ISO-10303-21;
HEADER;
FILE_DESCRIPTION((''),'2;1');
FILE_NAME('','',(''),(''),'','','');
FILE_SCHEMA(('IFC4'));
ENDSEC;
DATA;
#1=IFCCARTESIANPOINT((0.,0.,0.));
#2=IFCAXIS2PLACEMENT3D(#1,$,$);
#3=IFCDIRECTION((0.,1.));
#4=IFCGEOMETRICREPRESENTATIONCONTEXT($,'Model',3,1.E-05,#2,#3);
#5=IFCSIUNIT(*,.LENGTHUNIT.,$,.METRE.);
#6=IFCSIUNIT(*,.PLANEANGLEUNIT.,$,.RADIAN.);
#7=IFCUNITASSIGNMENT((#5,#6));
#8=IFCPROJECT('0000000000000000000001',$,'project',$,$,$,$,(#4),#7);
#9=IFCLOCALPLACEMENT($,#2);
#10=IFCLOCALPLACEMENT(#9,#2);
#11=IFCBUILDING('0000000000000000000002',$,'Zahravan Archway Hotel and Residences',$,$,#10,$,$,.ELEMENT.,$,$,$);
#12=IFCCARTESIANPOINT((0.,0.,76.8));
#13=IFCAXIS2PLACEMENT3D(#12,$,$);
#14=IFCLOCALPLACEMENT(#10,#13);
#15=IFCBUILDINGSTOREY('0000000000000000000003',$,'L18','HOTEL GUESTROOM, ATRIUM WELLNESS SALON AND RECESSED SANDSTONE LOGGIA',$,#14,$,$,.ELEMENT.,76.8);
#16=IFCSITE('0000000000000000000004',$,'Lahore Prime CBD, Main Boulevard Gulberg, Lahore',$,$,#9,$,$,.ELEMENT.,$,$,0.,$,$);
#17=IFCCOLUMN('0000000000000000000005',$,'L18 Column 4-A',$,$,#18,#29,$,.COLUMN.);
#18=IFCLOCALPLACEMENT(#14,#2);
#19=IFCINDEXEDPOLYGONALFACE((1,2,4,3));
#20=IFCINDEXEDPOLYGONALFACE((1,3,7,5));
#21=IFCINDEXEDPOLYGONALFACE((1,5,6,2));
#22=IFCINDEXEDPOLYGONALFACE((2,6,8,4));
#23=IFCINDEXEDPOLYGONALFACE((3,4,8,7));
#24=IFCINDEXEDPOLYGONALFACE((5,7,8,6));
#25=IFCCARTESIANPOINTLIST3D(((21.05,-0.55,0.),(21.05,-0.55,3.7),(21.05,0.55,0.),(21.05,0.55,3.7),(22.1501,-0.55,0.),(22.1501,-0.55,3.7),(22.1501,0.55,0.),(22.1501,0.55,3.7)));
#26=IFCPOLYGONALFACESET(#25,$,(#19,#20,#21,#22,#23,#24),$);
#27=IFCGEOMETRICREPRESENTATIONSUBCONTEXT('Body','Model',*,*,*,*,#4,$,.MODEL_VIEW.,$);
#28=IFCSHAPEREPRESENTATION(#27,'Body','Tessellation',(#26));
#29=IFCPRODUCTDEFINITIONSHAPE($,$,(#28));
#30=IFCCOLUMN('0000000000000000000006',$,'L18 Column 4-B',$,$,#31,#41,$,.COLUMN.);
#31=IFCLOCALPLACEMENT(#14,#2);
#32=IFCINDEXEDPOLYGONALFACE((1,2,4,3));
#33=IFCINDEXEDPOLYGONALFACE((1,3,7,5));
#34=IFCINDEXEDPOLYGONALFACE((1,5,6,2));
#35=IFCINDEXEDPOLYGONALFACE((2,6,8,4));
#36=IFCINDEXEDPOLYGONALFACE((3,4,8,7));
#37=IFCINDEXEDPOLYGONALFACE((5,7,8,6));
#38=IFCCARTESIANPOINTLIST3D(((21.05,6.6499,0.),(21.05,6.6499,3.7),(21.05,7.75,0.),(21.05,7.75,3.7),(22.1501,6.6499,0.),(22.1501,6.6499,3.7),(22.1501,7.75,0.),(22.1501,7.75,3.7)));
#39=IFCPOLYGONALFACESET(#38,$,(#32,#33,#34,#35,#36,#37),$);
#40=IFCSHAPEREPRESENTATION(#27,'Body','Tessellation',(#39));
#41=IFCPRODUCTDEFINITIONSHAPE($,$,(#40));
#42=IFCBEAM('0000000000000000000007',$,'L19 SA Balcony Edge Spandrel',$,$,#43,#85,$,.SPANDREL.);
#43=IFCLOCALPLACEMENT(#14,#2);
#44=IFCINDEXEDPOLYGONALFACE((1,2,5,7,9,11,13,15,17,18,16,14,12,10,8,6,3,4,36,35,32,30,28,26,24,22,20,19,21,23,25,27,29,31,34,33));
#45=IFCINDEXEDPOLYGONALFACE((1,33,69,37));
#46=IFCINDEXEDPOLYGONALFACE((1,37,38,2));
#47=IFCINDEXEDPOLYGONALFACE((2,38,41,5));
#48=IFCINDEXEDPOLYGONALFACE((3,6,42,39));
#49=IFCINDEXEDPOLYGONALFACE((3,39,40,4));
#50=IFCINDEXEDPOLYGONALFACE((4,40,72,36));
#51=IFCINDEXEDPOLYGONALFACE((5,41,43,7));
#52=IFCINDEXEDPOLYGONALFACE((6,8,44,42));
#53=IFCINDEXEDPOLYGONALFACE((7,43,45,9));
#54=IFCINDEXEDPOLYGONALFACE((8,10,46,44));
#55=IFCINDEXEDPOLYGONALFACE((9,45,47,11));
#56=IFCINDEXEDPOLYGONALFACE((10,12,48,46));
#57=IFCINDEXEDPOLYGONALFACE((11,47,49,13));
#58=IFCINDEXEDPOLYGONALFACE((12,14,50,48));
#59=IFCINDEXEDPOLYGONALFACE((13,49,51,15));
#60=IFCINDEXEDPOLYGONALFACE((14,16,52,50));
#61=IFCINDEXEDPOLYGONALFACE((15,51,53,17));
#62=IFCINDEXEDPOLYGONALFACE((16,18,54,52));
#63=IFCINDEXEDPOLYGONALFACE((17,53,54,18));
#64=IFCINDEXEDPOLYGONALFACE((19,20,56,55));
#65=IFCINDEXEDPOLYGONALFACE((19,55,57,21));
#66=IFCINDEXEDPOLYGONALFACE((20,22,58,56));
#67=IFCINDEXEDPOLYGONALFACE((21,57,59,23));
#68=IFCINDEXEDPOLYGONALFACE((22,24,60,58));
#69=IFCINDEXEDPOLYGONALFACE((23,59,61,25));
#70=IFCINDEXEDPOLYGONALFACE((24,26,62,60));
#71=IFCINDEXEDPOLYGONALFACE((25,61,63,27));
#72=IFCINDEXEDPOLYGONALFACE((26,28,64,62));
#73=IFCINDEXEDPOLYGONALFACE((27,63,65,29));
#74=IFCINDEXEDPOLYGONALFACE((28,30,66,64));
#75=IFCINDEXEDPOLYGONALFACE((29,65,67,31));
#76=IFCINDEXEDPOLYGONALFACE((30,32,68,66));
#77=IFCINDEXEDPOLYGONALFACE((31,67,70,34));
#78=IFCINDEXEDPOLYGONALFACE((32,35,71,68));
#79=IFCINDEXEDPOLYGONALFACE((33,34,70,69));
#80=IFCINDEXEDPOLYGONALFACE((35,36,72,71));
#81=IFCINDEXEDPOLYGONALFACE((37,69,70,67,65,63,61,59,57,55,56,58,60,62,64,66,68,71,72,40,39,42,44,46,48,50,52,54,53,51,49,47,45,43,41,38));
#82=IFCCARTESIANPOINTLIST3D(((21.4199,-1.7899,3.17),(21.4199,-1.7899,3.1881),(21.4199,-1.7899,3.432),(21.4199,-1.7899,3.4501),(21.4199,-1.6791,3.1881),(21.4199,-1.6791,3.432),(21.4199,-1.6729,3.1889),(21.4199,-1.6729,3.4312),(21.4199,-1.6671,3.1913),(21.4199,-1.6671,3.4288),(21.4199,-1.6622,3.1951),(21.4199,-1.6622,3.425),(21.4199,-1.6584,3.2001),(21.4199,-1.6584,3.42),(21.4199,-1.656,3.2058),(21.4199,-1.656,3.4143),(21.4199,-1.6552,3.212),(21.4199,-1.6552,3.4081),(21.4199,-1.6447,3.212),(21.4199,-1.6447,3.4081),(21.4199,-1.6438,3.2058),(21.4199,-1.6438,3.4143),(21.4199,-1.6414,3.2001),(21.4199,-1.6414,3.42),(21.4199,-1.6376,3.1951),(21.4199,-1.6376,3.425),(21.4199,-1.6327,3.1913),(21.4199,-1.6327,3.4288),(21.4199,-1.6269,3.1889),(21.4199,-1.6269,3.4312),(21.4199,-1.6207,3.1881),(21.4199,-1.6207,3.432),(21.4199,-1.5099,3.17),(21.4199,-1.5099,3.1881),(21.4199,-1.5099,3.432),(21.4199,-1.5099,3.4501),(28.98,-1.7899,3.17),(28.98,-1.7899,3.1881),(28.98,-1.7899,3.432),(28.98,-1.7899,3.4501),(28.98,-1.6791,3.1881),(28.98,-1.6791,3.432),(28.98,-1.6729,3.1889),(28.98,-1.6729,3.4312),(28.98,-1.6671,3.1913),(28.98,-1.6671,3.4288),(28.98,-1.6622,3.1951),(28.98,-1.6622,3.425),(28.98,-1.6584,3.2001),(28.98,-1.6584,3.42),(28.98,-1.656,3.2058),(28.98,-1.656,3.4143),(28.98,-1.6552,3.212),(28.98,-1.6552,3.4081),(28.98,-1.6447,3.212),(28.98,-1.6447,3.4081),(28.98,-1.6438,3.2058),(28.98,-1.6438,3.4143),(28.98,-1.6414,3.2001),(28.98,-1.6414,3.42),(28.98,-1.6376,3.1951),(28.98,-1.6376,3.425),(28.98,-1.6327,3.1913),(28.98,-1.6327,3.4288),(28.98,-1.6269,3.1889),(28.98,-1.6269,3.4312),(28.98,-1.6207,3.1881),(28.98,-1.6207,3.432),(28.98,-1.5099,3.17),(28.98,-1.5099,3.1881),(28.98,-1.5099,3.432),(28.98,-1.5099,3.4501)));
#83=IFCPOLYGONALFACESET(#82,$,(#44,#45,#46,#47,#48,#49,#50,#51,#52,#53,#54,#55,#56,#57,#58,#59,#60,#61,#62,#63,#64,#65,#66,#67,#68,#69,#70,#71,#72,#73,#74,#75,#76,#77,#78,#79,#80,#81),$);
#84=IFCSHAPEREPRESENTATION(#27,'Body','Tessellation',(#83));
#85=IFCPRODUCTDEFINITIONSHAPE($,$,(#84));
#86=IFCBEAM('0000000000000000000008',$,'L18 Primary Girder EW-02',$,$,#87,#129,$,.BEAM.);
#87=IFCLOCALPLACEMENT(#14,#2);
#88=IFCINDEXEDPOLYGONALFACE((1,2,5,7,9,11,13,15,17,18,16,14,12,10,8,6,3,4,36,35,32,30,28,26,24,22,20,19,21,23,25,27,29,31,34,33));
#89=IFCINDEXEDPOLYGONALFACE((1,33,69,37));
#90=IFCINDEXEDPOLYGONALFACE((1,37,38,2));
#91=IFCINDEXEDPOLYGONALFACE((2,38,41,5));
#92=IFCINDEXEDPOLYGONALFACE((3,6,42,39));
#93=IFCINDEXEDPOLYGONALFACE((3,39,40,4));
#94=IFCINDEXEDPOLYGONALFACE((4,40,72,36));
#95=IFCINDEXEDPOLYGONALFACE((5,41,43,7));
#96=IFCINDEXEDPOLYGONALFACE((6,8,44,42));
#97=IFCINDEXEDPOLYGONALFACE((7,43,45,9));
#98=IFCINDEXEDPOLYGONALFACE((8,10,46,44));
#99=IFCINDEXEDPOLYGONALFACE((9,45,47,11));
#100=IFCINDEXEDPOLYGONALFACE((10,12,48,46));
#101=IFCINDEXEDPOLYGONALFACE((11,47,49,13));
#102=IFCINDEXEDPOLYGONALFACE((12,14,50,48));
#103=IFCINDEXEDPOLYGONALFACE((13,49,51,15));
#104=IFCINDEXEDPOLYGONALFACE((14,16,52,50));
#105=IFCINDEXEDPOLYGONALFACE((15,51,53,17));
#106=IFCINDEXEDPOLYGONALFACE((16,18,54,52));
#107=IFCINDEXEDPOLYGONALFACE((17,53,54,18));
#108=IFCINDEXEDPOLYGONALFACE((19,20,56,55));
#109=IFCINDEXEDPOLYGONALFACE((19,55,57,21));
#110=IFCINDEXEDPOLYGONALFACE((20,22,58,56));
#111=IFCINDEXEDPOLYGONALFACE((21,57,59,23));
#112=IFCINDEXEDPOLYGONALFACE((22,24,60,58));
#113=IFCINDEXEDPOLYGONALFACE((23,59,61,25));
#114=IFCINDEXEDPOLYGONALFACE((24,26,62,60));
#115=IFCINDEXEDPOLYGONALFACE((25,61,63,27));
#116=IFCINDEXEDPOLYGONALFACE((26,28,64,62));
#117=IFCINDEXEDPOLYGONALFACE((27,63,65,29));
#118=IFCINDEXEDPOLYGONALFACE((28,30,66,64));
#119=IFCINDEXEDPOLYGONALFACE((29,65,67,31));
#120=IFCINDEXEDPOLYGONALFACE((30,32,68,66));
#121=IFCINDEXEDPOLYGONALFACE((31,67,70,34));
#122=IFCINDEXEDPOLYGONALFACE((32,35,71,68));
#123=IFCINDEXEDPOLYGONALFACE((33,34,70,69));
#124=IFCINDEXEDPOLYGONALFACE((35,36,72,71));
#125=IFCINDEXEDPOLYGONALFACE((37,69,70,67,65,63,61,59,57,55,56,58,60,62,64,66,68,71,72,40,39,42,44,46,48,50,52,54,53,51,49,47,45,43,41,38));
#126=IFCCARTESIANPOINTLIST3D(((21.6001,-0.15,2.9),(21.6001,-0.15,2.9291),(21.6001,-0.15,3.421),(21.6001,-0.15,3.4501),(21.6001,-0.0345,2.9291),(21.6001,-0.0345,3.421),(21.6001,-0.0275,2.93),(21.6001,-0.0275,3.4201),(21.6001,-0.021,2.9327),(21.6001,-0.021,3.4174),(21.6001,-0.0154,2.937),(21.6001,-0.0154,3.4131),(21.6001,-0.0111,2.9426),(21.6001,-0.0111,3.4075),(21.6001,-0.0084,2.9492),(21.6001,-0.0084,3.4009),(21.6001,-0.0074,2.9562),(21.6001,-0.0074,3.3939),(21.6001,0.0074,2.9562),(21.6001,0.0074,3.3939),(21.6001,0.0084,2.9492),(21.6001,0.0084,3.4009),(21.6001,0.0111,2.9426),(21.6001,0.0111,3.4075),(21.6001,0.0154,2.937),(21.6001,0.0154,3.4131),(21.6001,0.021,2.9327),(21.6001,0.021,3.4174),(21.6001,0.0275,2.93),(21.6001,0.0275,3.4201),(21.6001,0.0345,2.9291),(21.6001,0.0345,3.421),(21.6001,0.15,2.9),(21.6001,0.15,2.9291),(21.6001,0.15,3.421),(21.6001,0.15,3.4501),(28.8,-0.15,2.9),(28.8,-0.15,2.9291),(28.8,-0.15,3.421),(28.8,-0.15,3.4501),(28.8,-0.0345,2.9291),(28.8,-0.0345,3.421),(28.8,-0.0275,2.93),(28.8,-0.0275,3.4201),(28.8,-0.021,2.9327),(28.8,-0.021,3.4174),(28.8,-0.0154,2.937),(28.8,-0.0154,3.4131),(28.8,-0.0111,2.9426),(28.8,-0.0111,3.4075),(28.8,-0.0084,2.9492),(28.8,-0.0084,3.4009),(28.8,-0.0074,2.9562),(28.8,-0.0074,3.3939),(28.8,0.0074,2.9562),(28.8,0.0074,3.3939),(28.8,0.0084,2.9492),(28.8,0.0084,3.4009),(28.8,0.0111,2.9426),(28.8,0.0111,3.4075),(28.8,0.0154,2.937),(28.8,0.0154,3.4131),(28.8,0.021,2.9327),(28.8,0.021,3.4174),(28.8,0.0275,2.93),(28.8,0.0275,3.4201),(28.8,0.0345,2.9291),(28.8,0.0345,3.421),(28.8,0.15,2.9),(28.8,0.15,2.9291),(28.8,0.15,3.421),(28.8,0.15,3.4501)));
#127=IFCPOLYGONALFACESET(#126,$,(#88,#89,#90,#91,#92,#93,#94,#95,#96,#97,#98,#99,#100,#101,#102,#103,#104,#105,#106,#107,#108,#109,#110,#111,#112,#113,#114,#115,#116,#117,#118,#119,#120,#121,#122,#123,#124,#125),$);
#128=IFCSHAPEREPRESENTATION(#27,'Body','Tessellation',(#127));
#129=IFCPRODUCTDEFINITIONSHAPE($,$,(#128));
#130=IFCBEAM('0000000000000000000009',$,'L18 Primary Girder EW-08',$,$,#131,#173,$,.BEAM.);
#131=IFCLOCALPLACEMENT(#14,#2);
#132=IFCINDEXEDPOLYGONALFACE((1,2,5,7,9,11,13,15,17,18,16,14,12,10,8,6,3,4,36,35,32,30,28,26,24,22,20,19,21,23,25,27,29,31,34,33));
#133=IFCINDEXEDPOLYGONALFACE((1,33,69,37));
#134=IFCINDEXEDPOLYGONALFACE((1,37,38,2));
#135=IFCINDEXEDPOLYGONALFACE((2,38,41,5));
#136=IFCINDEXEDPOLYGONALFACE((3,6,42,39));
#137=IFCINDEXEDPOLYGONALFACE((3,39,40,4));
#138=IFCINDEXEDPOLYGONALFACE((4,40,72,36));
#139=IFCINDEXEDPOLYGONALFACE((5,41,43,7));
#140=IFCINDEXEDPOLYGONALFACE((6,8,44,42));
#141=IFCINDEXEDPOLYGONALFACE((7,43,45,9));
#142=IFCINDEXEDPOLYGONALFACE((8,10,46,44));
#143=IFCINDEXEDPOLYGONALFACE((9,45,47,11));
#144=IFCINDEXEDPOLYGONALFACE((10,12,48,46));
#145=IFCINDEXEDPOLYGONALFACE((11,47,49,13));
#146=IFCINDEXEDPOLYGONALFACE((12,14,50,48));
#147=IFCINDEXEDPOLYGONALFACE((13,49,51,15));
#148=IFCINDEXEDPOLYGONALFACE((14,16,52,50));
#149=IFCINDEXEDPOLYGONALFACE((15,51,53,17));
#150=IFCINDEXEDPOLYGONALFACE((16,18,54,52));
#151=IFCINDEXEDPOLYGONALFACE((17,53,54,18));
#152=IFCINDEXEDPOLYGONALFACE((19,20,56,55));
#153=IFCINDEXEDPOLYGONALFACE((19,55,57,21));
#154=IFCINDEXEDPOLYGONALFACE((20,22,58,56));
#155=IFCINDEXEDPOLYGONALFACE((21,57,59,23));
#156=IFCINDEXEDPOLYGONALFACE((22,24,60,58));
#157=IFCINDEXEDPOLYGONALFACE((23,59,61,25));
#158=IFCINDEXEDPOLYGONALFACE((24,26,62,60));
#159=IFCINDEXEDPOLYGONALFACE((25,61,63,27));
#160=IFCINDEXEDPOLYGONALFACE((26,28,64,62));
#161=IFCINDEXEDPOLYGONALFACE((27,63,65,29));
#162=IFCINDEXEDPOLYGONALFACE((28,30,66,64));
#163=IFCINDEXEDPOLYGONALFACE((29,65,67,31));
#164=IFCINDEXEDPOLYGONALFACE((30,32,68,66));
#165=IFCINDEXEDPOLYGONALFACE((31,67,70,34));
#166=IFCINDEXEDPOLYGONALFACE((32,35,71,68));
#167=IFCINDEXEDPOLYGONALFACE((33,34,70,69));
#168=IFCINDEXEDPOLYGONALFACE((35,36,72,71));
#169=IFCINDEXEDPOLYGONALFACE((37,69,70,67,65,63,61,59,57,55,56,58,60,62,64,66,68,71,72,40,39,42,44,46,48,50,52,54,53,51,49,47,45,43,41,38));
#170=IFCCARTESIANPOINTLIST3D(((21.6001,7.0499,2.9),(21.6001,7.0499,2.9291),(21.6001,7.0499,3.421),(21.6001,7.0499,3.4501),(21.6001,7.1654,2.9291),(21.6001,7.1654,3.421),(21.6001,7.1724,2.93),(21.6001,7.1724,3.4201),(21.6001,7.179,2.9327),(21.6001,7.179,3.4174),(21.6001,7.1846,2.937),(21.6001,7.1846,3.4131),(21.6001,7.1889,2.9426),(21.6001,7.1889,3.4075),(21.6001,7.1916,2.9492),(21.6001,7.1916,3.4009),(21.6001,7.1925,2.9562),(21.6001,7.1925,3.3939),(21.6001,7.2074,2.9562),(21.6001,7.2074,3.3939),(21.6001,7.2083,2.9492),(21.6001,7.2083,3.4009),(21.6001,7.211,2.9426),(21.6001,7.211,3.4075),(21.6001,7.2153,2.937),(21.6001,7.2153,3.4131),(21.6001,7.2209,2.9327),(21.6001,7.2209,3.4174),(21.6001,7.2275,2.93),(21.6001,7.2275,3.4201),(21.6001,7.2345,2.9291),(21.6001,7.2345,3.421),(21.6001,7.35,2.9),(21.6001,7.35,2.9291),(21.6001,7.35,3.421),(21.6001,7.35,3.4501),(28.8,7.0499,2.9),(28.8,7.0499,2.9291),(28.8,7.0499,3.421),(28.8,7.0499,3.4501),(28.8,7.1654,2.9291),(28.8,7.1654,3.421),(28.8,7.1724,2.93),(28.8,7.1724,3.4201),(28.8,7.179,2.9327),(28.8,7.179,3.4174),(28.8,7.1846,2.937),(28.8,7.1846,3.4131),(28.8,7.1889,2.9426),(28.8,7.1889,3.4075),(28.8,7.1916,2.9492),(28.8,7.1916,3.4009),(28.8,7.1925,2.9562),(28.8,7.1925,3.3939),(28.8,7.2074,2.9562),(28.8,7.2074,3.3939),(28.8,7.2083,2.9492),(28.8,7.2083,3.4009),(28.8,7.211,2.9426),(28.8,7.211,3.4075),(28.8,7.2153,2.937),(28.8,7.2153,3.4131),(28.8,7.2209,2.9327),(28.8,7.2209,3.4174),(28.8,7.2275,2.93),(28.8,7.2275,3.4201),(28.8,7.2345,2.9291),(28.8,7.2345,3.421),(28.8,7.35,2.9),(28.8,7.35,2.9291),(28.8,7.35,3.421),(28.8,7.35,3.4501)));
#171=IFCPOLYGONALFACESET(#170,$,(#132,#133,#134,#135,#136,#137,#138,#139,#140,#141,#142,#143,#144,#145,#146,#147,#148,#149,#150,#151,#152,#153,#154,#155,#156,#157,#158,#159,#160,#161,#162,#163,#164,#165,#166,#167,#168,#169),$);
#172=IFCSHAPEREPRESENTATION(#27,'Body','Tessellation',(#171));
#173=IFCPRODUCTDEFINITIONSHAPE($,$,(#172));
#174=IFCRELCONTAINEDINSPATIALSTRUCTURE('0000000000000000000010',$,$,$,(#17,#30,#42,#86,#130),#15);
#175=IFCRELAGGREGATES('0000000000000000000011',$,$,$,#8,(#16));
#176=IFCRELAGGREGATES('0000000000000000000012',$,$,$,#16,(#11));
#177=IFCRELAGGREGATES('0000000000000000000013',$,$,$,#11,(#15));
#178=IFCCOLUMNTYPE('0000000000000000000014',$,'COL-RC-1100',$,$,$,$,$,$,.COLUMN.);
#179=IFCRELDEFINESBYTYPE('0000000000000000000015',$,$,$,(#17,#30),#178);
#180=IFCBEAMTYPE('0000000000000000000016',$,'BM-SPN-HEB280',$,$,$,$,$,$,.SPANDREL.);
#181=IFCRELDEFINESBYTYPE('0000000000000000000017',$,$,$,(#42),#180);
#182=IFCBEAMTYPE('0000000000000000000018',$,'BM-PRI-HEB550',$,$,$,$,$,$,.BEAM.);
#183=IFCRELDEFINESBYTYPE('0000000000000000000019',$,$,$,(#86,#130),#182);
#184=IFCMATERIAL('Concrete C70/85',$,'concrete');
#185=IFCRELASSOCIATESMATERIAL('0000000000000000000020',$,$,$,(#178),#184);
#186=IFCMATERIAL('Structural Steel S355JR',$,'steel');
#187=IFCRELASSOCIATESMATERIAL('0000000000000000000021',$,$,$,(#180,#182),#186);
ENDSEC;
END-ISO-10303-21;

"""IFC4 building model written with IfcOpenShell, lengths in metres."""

from ifc_helpers import new_model, si_unit, direction, frame, origin, origin_2d, place, context, subcontext, project, spatial, rectangle, i_section, extrude, source, transform, mapped, material, material_profile, profile_set, type_object, type_shapes, element, save


model = new_model("IFC4")

# Units and contexts
model_context = context("Model", 3, precision=1e-05, world=origin(), true_north=direction((0.0, 1.0)))
body_context = subcontext(model_context, "Body", "Model", "MODEL_VIEW")
ifc_project = project(units=[si_unit("LENGTHUNIT", "METRE"), si_unit("PLANEANGLEUNIT", "RADIAN")], contexts=[model_context])

# Site, building, storey
site_placement = place(None, origin())
site = spatial("IfcSite", under=ifc_project, at=site_placement, Name="Lahore Prime CBD, Main Boulevard Gulberg, Lahore", CompositionType="ELEMENT", RefElevation=0.0)
building_placement = place(site_placement, origin())
building = spatial("IfcBuilding", under=site, at=building_placement, Name="Zahravan Archway Hotel and Residences", CompositionType="ELEMENT")
storey_placement = place(building_placement, frame((0.0, 0.0, 76.8)))
storey = spatial("IfcBuildingStorey", under=building, at=storey_placement, Name="L18", Description="HOTEL GUESTROOM, ATRIUM WELLNESS SALON AND RECESSED SANDSTONE LOGGIA", CompositionType="ELEMENT", Elevation=76.8)

# Columns
ifc_material_1 = material(Name="Concrete C70/85", Category="concrete")
ifc_material_profile_1 = material_profile(ifc_material_1, rectangle(XDim=1.1001, YDim=1.1001, at=origin_2d()), Name="RC 1100x1100", Category="concrete")
ifc_profile_set_1 = profile_set([ifc_material_profile_1], Name="Concrete C70/85")
column_type = type_object("IfcColumnType", Name="COL-RC-1100", PredefinedType="COLUMN", material=ifc_profile_set_1)
shared_shape_1 = source(origin(), body_context, "Body", "SweptSolid", [
    extrude(rectangle(XDim=1.1001, YDim=1.1001, at=origin_2d()), origin(), (0.0, 0.0, 1.0), 3.7),
])
for number, where, z_axis, x_axis, name in (
    (1, (21.6001, 0.0, 0.0), (0.0, 0.0, 1.0), (1.0, 0.0, 0.0), "L18 Column 4-A"),
    (2, (21.6001, 7.2, 0.0), (0.0, 0.0, 1.0), (1.0, 0.0, 0.0), "L18 Column 4-B"),
):
    element("IfcColumn", number, at=place(storey_placement, frame(where, z_axis=z_axis, x_axis=x_axis)), inside=storey, type_object=column_type, Name=name, PredefinedType="COLUMN", context=body_context, shape_type="MappedRepresentation", body=[
        mapped(shared_shape_1, transform((0.0, 0.0, 0.0), scale=1.0)),
    ])

# Beams
ifc_material_2 = material(Name="Structural Steel S355JR", Category="steel")
ifc_material_profile_2 = material_profile(ifc_material_2, i_section(OverallWidth=0.28, OverallDepth=0.28, WebThickness=0.0105, FlangeThickness=0.0181, FilletRadius=0.0239, at=origin_2d()), Name="HEB 280", Category="steel")
ifc_profile_set_2 = profile_set([ifc_material_profile_2], Name="Structural Steel S355JR")
beam_type_1 = type_object("IfcBeamType", Name="BM-SPN-HEB280", PredefinedType="SPANDREL", material=ifc_profile_set_2)
shared_shape_2 = source(origin(), body_context, "Body", "SweptSolid", [
    extrude(i_section(OverallWidth=0.28, OverallDepth=0.28, WebThickness=0.0105, FlangeThickness=0.0181, FilletRadius=0.0239, at=origin_2d()), origin(), (0.0, 0.0, 1.0), 7.5601),
])
type_shapes(beam_type_1, [shared_shape_2])
beam_1_placement = place(storey_placement, frame((21.4199, -1.6499, 3.3101), z_axis=(1.0, 0.0, 0.0), x_axis=(0.0, 1.0, 0.0)))
element("IfcBeam", 3, at=beam_1_placement, inside=storey, type_object=beam_type_1, Name="L19 SA Balcony Edge Spandrel", PredefinedType="SPANDREL", context=body_context, shape_type="MappedRepresentation", body=[
    mapped(shared_shape_2, transform((0.0, 0.0, 0.0), scale=1.0)),
])
ifc_material_profile_3 = material_profile(ifc_material_2, i_section(OverallWidth=0.3, OverallDepth=0.55, WebThickness=0.0149, FlangeThickness=0.0291, FilletRadius=0.0271, at=origin_2d()), Name="HEB 550", Category="steel")
ifc_profile_set_3 = profile_set([ifc_material_profile_3], Name="Structural Steel S355JR")
beam_type_2 = type_object("IfcBeamType", Name="BM-PRI-HEB550", PredefinedType="BEAM", material=ifc_profile_set_3)
shared_shape_3 = source(origin(), body_context, "Body", "SweptSolid", [
    extrude(i_section(OverallWidth=0.3, OverallDepth=0.55, WebThickness=0.0149, FlangeThickness=0.0291, FilletRadius=0.0271, at=origin_2d()), origin(), (0.0, 0.0, 1.0), 7.2),
])
for number, where, z_axis, x_axis, name in (
    (4, (21.6001, 0.0, 3.175), (1.0, 0.0, 0.0), (0.0, 1.0, 0.0), "L18 Primary Girder EW-02"),
    (5, (21.6001, 7.2, 3.175), (1.0, 0.0, 0.0), (0.0, 1.0, 0.0), "L18 Primary Girder EW-08"),
):
    element("IfcBeam", number, at=place(storey_placement, frame(where, z_axis=z_axis, x_axis=x_axis)), inside=storey, type_object=beam_type_2, Name=name, PredefinedType="BEAM", context=body_context, shape_type="MappedRepresentation", body=[
        mapped(shared_shape_3, transform((0.0, 0.0, 0.0), scale=1.0)),
    ])

save(model, "model.ifc")
